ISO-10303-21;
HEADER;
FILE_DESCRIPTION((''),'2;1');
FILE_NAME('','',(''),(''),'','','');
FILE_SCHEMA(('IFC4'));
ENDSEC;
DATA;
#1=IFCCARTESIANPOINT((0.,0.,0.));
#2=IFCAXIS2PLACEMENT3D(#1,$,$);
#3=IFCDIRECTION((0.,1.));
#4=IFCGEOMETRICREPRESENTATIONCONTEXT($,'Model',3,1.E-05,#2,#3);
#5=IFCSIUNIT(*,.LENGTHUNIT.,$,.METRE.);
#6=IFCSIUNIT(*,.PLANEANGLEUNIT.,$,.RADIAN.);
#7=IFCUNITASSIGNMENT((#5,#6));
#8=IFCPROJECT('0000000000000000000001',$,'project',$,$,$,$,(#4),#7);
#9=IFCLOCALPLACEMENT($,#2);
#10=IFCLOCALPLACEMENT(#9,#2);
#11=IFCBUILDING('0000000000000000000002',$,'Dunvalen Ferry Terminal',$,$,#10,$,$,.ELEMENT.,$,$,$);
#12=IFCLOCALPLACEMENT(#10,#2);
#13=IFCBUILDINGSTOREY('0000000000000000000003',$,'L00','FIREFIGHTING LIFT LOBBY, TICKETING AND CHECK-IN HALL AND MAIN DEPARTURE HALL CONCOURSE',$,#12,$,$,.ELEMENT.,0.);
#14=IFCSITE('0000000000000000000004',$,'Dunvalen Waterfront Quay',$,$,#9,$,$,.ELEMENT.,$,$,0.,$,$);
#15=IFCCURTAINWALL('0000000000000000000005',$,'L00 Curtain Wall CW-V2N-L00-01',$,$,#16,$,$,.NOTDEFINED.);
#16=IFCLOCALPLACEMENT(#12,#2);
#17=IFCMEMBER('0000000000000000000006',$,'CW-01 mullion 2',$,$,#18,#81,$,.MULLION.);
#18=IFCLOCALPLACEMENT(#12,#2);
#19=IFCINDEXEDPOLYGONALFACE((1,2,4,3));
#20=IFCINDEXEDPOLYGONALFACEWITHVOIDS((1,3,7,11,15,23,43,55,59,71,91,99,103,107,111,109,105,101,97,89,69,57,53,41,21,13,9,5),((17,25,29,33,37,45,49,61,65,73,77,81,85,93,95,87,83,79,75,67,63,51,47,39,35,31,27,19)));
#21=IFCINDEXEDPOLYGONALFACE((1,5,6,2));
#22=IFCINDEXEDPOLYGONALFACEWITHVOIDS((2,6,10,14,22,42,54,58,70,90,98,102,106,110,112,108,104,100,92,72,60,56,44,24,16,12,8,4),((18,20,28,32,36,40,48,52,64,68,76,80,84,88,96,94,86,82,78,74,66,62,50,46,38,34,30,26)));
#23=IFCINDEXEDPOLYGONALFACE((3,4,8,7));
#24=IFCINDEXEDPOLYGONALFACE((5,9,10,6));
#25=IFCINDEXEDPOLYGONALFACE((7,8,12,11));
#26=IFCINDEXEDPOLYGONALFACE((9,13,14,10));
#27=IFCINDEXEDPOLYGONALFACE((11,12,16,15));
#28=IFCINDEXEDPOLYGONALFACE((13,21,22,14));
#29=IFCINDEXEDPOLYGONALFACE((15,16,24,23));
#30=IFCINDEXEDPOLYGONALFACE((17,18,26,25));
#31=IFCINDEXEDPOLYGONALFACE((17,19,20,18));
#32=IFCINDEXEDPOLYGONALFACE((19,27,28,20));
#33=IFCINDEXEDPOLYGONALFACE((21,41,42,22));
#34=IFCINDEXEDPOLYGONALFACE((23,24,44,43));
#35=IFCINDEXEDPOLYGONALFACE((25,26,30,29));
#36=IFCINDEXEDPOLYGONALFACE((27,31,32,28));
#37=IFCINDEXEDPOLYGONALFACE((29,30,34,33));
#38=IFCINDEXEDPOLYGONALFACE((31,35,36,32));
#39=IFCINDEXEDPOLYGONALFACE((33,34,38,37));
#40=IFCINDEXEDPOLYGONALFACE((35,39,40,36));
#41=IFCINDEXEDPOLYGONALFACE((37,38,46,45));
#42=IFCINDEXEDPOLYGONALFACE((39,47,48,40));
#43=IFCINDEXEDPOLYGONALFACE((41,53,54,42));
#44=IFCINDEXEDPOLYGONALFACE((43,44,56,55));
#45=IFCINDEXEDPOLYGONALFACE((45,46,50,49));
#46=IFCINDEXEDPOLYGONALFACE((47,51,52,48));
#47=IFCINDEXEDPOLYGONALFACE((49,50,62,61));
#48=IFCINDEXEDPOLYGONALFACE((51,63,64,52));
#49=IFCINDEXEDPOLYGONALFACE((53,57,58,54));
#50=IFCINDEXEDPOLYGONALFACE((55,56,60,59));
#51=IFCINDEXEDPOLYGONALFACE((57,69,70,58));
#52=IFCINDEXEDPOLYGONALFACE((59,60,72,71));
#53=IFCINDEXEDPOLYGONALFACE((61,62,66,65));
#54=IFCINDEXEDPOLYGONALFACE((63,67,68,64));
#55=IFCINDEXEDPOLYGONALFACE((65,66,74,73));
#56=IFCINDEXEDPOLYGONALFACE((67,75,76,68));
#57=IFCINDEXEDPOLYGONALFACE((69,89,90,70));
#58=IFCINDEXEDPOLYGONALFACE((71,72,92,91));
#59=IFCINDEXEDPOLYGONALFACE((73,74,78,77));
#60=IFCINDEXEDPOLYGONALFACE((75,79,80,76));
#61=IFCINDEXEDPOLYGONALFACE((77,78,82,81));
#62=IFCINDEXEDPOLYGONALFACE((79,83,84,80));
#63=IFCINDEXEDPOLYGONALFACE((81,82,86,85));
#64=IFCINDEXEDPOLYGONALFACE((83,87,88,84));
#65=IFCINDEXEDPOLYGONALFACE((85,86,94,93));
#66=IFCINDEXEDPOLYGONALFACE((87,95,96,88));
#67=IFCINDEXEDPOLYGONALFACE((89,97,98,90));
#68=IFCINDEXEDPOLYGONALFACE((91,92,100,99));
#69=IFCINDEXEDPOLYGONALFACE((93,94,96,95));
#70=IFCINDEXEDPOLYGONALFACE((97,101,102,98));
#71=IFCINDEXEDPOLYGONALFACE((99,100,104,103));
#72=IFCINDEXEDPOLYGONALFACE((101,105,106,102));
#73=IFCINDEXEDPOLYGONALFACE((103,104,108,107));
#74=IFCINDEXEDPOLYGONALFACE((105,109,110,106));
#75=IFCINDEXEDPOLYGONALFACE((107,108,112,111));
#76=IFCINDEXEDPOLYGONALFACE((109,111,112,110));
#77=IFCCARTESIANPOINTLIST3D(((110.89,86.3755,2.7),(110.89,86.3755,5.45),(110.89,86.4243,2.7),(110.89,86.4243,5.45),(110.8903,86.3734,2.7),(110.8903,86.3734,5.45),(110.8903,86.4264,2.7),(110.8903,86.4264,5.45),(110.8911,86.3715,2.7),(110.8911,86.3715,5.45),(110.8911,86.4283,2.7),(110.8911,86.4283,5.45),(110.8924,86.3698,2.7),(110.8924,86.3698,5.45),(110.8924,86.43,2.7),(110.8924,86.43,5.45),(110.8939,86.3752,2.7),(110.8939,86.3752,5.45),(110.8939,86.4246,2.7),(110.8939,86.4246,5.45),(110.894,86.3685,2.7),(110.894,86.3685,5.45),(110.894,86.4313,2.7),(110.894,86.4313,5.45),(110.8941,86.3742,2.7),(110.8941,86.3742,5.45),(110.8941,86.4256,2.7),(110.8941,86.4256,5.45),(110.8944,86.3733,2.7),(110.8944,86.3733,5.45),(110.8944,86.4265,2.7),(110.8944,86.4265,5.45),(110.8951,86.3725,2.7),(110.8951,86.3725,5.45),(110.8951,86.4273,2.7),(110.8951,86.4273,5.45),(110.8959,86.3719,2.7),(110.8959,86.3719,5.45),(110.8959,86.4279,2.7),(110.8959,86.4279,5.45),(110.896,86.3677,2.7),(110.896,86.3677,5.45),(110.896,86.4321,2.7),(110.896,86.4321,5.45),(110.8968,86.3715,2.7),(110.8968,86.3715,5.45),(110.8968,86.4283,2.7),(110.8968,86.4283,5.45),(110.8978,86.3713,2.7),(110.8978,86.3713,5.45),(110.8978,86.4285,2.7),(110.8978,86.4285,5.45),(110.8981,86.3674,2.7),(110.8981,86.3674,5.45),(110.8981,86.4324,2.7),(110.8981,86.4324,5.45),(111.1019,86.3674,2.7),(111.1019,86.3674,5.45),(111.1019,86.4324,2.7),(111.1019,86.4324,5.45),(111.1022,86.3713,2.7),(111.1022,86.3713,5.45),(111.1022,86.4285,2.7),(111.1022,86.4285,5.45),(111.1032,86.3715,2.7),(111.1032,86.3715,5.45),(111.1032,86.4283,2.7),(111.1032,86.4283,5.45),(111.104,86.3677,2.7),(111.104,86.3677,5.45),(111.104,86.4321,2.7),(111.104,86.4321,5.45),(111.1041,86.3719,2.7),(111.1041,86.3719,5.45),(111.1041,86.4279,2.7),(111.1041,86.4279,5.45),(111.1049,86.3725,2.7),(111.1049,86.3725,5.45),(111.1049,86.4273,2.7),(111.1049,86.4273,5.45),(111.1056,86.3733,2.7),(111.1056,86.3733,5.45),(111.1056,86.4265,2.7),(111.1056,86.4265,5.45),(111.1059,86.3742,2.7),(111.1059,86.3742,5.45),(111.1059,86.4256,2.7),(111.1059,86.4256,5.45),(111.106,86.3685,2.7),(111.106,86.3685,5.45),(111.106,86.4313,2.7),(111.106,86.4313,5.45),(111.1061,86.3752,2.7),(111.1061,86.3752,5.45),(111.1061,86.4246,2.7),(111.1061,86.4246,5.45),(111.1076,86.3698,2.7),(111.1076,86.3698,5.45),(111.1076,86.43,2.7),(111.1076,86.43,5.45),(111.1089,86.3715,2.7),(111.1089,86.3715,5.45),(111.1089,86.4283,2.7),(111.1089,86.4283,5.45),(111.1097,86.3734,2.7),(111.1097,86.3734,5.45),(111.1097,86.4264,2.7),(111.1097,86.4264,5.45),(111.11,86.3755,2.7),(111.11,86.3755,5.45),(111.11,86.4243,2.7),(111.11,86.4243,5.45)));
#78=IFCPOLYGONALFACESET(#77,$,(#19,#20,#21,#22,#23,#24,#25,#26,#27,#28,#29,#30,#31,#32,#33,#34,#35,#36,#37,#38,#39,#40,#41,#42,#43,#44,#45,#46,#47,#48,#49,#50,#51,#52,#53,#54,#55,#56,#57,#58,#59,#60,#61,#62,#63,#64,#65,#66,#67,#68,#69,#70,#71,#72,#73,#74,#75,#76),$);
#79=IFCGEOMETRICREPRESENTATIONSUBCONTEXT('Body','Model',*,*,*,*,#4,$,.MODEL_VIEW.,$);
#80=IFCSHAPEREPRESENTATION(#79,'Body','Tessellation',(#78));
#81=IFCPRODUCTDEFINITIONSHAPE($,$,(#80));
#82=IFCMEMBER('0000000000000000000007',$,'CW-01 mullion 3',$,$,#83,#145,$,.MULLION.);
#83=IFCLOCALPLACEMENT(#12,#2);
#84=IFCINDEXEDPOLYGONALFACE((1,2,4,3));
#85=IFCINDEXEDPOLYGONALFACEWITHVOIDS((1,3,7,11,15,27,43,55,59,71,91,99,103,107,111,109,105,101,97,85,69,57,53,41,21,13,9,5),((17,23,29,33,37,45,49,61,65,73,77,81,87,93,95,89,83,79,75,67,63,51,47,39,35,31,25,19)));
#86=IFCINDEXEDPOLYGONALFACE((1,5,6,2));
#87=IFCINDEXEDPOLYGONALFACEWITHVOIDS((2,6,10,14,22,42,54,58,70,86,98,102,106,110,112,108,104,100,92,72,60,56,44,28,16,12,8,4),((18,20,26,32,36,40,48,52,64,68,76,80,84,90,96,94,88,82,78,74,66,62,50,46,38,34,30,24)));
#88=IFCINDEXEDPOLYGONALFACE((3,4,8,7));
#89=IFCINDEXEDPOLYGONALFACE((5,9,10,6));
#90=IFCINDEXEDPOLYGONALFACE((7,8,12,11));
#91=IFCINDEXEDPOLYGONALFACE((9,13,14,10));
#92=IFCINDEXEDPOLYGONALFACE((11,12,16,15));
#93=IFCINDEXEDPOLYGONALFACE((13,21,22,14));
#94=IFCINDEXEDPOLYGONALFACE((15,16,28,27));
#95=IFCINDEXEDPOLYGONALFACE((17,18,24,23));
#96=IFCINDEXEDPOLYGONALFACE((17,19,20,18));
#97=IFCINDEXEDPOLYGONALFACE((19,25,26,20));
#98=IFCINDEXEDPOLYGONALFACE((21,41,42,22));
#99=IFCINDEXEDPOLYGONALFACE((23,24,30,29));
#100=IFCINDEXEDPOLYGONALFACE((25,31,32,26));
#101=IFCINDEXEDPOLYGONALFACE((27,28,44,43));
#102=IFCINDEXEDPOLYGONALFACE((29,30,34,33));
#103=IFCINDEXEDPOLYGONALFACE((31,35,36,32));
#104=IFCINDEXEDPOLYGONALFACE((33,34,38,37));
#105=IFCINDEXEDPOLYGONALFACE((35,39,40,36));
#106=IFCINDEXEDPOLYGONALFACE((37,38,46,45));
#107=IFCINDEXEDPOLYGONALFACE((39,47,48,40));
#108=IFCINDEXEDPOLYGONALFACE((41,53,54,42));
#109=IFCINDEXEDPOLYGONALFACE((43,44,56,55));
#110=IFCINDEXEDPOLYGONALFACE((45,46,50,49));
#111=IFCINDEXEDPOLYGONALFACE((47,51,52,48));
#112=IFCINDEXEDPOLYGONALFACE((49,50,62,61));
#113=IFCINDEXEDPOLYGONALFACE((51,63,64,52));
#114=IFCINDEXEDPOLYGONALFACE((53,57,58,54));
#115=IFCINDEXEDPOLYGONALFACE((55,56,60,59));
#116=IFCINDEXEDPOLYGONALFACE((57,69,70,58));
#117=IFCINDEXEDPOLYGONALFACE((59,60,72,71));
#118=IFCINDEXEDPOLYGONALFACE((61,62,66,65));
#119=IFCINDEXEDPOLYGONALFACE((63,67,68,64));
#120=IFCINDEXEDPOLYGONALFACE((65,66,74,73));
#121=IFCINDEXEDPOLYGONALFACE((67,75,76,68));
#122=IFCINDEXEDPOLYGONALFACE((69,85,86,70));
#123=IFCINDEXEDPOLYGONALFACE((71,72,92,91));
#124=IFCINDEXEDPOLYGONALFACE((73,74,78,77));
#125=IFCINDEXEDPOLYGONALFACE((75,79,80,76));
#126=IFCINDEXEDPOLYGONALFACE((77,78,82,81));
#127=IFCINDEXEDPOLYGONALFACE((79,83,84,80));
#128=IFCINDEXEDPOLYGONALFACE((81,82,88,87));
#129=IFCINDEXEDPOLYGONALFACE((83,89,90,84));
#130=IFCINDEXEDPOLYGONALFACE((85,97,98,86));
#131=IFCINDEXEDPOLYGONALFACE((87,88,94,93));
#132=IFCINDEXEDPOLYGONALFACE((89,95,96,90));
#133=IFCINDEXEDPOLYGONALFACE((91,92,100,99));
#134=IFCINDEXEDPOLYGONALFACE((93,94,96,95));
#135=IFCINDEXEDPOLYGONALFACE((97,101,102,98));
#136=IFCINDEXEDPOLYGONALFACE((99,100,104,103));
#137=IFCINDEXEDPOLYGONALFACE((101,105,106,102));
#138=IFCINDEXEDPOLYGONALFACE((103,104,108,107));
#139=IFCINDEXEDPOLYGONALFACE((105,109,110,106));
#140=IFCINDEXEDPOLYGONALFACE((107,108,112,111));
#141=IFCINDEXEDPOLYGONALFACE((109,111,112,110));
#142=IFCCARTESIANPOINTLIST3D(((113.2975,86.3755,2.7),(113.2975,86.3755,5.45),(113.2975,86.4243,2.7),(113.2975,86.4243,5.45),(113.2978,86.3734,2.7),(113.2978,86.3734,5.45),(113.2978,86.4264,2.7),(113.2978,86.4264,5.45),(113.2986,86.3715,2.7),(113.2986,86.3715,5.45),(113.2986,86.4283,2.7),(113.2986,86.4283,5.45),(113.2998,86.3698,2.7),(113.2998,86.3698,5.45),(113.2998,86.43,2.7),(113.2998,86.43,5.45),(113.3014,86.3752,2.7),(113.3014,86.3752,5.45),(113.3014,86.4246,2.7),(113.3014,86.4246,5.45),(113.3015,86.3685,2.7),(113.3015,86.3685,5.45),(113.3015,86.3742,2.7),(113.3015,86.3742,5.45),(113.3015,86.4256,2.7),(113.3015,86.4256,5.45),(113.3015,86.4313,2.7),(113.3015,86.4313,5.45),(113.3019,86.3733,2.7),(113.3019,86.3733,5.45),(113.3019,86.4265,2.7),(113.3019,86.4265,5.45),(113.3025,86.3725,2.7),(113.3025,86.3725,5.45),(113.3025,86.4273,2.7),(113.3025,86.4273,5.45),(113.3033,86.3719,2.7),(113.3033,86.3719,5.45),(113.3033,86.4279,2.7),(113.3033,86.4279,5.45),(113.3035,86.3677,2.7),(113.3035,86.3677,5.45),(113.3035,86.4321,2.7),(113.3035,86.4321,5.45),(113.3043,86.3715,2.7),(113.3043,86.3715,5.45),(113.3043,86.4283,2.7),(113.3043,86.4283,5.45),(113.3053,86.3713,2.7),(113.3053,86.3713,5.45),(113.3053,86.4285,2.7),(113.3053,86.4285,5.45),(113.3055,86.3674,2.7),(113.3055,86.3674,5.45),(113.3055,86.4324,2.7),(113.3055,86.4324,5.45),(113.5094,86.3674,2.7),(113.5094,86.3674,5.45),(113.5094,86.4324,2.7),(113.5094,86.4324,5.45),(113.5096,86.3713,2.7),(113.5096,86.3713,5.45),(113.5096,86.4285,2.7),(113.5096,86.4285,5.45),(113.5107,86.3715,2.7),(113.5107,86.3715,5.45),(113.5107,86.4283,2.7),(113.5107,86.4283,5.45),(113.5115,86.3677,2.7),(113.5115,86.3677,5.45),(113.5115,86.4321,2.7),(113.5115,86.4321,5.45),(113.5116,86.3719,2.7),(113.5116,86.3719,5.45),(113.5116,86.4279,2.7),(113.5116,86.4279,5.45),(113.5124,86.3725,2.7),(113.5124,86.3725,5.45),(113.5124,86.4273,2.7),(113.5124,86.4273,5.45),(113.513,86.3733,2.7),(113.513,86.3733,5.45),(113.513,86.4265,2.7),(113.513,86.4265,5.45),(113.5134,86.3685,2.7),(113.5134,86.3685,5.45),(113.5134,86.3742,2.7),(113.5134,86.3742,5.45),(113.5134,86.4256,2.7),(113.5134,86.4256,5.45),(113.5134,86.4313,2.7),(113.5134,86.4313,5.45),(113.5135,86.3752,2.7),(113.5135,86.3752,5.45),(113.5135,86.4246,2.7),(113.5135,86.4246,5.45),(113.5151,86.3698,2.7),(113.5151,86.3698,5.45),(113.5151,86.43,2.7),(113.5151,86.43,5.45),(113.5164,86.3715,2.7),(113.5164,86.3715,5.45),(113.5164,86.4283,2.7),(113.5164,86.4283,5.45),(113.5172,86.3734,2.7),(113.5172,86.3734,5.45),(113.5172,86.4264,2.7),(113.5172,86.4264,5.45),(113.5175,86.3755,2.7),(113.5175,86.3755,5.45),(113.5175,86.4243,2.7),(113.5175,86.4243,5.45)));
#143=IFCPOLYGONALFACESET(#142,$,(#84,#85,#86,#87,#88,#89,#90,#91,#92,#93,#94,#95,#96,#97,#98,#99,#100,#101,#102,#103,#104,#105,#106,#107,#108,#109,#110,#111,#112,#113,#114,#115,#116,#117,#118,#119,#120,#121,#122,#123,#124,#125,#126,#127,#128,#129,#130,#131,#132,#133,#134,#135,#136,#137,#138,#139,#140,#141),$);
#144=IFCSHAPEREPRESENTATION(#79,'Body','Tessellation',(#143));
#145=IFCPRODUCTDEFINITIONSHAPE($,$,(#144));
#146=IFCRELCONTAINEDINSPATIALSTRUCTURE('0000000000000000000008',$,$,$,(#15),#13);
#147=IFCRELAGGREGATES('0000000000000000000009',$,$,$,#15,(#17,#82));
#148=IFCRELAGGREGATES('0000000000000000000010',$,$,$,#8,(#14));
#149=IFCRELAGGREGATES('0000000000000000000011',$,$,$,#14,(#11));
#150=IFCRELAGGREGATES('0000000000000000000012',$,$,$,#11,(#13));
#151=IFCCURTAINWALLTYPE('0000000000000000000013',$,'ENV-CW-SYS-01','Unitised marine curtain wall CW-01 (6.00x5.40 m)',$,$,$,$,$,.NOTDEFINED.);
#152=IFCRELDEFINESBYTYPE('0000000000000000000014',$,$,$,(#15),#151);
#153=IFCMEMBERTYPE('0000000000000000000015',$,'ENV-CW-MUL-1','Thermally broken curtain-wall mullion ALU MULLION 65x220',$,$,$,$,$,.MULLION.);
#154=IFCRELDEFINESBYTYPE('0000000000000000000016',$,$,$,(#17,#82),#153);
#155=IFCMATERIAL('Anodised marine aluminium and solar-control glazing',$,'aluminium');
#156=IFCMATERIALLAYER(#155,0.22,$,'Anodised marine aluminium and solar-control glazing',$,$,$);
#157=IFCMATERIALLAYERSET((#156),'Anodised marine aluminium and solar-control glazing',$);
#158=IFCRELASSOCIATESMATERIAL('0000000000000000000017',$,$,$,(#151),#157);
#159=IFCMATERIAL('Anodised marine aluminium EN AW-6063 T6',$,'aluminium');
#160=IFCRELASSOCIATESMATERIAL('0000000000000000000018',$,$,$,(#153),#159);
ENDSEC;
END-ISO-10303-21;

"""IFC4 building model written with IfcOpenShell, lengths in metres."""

from ifc_helpers import new_model, si_unit, direction, frame, origin, origin_2d, place, context, subcontext, project, spatial, hollow_rectangle, extrude, material, layer, layer_set, material_profile, profile_set, type_object, element, aggregate, save


model = new_model("IFC4")

# Units and contexts
model_context = context("Model", 3, precision=1e-05, world=origin(), true_north=direction((0.0, 1.0)))
body_context = subcontext(model_context, "Body", "Model", "MODEL_VIEW")
ifc_project = project(units=[si_unit("LENGTHUNIT", "METRE"), si_unit("PLANEANGLEUNIT", "RADIAN")], contexts=[model_context])

# Site, building, storey
site_placement = place(None, origin())
site = spatial("IfcSite", under=ifc_project, at=site_placement, Name="Dunvalen Waterfront Quay", CompositionType="ELEMENT", RefElevation=0.0)
building_placement = place(site_placement, origin())
building = spatial("IfcBuilding", under=site, at=building_placement, Name="Dunvalen Ferry Terminal", CompositionType="ELEMENT")
storey_placement = place(building_placement, origin())
storey = spatial("IfcBuildingStorey", under=building, at=storey_placement, Name="L00", Description="FIREFIGHTING LIFT LOBBY, TICKETING AND CHECK-IN HALL AND MAIN DEPARTURE HALL CONCOURSE", CompositionType="ELEMENT", Elevation=0.0)

# Curtain wall, members
ifc_material_1 = material(Name="Anodised marine aluminium and solar-control glazing", Category="aluminium")
ifc_layer_1 = layer(ifc_material_1, 0.22, Name="Anodised marine aluminium and solar-control glazing")
ifc_layer_set_1 = layer_set([ifc_layer_1], Name="Anodised marine aluminium and solar-control glazing")
curtain_wall_type = type_object("IfcCurtainWallType", Name="ENV-CW-SYS-01", Description="Unitised marine curtain wall CW-01 (6.00x5.40 m)", PredefinedType="NOTDEFINED", material=ifc_layer_set_1)
curtain_wall_1_placement = place(storey_placement, origin())
curtain_wall_1 = element("IfcCurtainWall", 1, at=curtain_wall_1_placement, inside=storey, type_object=curtain_wall_type, Name="L00 Curtain Wall CW-V2N-L00-01", PredefinedType="NOTDEFINED")
ifc_material_2 = material(Name="Anodised marine aluminium EN AW-6063 T6", Category="aluminium")
ifc_material_profile_1 = material_profile(ifc_material_2, hollow_rectangle(XDim=0.0649, YDim=0.22, WallThickness=0.0039, InnerFilletRadius=0.0039, OuterFilletRadius=0.0081, at=origin_2d()), Name="Anodised marine aluminium EN AW-6063 T6")
ifc_profile_set_1 = profile_set([ifc_material_profile_1], Name="Anodised marine aluminium EN AW-6063 T6")
member_type_1 = type_object("IfcMemberType", Name="ENV-CW-MUL-1", Description="Thermally broken curtain-wall mullion ALU MULLION 65x220", PredefinedType="MULLION", material=ifc_profile_set_1)
member_1_placement = place(storey_placement, frame((111.0, 86.3999, 2.7), z_axis=(0.0, 0.0, 1.0), x_axis=(0.0, 1.0, 0.0)))
member_1 = element("IfcMember", 2, at=member_1_placement, type_object=member_type_1, Name="CW-01 mullion 2", PredefinedType="MULLION", context=body_context, shape_type="SweptSolid", body=[
    extrude(hollow_rectangle(XDim=0.0649, YDim=0.22, WallThickness=0.0039, InnerFilletRadius=0.0039, OuterFilletRadius=0.0081, at=origin_2d()), origin(), (0.0, 0.0, 1.0), 2.75),
])
member_2_placement = place(storey_placement, frame((113.4075, 86.3999, 2.7), z_axis=(0.0, 0.0, 1.0), x_axis=(0.0, 1.0, 0.0)))
member_2 = element("IfcMember", 3, at=member_2_placement, type_object=member_type_1, Name="CW-01 mullion 3", PredefinedType="MULLION", context=body_context, shape_type="SweptSolid", body=[
    extrude(hollow_rectangle(XDim=0.0649, YDim=0.22, WallThickness=0.0039, InnerFilletRadius=0.0039, OuterFilletRadius=0.0081, at=origin_2d()), origin(), (0.0, 0.0, 1.0), 2.75),
])

aggregate(curtain_wall_1, [member_1, member_2])

save(model, "model.ifc")
